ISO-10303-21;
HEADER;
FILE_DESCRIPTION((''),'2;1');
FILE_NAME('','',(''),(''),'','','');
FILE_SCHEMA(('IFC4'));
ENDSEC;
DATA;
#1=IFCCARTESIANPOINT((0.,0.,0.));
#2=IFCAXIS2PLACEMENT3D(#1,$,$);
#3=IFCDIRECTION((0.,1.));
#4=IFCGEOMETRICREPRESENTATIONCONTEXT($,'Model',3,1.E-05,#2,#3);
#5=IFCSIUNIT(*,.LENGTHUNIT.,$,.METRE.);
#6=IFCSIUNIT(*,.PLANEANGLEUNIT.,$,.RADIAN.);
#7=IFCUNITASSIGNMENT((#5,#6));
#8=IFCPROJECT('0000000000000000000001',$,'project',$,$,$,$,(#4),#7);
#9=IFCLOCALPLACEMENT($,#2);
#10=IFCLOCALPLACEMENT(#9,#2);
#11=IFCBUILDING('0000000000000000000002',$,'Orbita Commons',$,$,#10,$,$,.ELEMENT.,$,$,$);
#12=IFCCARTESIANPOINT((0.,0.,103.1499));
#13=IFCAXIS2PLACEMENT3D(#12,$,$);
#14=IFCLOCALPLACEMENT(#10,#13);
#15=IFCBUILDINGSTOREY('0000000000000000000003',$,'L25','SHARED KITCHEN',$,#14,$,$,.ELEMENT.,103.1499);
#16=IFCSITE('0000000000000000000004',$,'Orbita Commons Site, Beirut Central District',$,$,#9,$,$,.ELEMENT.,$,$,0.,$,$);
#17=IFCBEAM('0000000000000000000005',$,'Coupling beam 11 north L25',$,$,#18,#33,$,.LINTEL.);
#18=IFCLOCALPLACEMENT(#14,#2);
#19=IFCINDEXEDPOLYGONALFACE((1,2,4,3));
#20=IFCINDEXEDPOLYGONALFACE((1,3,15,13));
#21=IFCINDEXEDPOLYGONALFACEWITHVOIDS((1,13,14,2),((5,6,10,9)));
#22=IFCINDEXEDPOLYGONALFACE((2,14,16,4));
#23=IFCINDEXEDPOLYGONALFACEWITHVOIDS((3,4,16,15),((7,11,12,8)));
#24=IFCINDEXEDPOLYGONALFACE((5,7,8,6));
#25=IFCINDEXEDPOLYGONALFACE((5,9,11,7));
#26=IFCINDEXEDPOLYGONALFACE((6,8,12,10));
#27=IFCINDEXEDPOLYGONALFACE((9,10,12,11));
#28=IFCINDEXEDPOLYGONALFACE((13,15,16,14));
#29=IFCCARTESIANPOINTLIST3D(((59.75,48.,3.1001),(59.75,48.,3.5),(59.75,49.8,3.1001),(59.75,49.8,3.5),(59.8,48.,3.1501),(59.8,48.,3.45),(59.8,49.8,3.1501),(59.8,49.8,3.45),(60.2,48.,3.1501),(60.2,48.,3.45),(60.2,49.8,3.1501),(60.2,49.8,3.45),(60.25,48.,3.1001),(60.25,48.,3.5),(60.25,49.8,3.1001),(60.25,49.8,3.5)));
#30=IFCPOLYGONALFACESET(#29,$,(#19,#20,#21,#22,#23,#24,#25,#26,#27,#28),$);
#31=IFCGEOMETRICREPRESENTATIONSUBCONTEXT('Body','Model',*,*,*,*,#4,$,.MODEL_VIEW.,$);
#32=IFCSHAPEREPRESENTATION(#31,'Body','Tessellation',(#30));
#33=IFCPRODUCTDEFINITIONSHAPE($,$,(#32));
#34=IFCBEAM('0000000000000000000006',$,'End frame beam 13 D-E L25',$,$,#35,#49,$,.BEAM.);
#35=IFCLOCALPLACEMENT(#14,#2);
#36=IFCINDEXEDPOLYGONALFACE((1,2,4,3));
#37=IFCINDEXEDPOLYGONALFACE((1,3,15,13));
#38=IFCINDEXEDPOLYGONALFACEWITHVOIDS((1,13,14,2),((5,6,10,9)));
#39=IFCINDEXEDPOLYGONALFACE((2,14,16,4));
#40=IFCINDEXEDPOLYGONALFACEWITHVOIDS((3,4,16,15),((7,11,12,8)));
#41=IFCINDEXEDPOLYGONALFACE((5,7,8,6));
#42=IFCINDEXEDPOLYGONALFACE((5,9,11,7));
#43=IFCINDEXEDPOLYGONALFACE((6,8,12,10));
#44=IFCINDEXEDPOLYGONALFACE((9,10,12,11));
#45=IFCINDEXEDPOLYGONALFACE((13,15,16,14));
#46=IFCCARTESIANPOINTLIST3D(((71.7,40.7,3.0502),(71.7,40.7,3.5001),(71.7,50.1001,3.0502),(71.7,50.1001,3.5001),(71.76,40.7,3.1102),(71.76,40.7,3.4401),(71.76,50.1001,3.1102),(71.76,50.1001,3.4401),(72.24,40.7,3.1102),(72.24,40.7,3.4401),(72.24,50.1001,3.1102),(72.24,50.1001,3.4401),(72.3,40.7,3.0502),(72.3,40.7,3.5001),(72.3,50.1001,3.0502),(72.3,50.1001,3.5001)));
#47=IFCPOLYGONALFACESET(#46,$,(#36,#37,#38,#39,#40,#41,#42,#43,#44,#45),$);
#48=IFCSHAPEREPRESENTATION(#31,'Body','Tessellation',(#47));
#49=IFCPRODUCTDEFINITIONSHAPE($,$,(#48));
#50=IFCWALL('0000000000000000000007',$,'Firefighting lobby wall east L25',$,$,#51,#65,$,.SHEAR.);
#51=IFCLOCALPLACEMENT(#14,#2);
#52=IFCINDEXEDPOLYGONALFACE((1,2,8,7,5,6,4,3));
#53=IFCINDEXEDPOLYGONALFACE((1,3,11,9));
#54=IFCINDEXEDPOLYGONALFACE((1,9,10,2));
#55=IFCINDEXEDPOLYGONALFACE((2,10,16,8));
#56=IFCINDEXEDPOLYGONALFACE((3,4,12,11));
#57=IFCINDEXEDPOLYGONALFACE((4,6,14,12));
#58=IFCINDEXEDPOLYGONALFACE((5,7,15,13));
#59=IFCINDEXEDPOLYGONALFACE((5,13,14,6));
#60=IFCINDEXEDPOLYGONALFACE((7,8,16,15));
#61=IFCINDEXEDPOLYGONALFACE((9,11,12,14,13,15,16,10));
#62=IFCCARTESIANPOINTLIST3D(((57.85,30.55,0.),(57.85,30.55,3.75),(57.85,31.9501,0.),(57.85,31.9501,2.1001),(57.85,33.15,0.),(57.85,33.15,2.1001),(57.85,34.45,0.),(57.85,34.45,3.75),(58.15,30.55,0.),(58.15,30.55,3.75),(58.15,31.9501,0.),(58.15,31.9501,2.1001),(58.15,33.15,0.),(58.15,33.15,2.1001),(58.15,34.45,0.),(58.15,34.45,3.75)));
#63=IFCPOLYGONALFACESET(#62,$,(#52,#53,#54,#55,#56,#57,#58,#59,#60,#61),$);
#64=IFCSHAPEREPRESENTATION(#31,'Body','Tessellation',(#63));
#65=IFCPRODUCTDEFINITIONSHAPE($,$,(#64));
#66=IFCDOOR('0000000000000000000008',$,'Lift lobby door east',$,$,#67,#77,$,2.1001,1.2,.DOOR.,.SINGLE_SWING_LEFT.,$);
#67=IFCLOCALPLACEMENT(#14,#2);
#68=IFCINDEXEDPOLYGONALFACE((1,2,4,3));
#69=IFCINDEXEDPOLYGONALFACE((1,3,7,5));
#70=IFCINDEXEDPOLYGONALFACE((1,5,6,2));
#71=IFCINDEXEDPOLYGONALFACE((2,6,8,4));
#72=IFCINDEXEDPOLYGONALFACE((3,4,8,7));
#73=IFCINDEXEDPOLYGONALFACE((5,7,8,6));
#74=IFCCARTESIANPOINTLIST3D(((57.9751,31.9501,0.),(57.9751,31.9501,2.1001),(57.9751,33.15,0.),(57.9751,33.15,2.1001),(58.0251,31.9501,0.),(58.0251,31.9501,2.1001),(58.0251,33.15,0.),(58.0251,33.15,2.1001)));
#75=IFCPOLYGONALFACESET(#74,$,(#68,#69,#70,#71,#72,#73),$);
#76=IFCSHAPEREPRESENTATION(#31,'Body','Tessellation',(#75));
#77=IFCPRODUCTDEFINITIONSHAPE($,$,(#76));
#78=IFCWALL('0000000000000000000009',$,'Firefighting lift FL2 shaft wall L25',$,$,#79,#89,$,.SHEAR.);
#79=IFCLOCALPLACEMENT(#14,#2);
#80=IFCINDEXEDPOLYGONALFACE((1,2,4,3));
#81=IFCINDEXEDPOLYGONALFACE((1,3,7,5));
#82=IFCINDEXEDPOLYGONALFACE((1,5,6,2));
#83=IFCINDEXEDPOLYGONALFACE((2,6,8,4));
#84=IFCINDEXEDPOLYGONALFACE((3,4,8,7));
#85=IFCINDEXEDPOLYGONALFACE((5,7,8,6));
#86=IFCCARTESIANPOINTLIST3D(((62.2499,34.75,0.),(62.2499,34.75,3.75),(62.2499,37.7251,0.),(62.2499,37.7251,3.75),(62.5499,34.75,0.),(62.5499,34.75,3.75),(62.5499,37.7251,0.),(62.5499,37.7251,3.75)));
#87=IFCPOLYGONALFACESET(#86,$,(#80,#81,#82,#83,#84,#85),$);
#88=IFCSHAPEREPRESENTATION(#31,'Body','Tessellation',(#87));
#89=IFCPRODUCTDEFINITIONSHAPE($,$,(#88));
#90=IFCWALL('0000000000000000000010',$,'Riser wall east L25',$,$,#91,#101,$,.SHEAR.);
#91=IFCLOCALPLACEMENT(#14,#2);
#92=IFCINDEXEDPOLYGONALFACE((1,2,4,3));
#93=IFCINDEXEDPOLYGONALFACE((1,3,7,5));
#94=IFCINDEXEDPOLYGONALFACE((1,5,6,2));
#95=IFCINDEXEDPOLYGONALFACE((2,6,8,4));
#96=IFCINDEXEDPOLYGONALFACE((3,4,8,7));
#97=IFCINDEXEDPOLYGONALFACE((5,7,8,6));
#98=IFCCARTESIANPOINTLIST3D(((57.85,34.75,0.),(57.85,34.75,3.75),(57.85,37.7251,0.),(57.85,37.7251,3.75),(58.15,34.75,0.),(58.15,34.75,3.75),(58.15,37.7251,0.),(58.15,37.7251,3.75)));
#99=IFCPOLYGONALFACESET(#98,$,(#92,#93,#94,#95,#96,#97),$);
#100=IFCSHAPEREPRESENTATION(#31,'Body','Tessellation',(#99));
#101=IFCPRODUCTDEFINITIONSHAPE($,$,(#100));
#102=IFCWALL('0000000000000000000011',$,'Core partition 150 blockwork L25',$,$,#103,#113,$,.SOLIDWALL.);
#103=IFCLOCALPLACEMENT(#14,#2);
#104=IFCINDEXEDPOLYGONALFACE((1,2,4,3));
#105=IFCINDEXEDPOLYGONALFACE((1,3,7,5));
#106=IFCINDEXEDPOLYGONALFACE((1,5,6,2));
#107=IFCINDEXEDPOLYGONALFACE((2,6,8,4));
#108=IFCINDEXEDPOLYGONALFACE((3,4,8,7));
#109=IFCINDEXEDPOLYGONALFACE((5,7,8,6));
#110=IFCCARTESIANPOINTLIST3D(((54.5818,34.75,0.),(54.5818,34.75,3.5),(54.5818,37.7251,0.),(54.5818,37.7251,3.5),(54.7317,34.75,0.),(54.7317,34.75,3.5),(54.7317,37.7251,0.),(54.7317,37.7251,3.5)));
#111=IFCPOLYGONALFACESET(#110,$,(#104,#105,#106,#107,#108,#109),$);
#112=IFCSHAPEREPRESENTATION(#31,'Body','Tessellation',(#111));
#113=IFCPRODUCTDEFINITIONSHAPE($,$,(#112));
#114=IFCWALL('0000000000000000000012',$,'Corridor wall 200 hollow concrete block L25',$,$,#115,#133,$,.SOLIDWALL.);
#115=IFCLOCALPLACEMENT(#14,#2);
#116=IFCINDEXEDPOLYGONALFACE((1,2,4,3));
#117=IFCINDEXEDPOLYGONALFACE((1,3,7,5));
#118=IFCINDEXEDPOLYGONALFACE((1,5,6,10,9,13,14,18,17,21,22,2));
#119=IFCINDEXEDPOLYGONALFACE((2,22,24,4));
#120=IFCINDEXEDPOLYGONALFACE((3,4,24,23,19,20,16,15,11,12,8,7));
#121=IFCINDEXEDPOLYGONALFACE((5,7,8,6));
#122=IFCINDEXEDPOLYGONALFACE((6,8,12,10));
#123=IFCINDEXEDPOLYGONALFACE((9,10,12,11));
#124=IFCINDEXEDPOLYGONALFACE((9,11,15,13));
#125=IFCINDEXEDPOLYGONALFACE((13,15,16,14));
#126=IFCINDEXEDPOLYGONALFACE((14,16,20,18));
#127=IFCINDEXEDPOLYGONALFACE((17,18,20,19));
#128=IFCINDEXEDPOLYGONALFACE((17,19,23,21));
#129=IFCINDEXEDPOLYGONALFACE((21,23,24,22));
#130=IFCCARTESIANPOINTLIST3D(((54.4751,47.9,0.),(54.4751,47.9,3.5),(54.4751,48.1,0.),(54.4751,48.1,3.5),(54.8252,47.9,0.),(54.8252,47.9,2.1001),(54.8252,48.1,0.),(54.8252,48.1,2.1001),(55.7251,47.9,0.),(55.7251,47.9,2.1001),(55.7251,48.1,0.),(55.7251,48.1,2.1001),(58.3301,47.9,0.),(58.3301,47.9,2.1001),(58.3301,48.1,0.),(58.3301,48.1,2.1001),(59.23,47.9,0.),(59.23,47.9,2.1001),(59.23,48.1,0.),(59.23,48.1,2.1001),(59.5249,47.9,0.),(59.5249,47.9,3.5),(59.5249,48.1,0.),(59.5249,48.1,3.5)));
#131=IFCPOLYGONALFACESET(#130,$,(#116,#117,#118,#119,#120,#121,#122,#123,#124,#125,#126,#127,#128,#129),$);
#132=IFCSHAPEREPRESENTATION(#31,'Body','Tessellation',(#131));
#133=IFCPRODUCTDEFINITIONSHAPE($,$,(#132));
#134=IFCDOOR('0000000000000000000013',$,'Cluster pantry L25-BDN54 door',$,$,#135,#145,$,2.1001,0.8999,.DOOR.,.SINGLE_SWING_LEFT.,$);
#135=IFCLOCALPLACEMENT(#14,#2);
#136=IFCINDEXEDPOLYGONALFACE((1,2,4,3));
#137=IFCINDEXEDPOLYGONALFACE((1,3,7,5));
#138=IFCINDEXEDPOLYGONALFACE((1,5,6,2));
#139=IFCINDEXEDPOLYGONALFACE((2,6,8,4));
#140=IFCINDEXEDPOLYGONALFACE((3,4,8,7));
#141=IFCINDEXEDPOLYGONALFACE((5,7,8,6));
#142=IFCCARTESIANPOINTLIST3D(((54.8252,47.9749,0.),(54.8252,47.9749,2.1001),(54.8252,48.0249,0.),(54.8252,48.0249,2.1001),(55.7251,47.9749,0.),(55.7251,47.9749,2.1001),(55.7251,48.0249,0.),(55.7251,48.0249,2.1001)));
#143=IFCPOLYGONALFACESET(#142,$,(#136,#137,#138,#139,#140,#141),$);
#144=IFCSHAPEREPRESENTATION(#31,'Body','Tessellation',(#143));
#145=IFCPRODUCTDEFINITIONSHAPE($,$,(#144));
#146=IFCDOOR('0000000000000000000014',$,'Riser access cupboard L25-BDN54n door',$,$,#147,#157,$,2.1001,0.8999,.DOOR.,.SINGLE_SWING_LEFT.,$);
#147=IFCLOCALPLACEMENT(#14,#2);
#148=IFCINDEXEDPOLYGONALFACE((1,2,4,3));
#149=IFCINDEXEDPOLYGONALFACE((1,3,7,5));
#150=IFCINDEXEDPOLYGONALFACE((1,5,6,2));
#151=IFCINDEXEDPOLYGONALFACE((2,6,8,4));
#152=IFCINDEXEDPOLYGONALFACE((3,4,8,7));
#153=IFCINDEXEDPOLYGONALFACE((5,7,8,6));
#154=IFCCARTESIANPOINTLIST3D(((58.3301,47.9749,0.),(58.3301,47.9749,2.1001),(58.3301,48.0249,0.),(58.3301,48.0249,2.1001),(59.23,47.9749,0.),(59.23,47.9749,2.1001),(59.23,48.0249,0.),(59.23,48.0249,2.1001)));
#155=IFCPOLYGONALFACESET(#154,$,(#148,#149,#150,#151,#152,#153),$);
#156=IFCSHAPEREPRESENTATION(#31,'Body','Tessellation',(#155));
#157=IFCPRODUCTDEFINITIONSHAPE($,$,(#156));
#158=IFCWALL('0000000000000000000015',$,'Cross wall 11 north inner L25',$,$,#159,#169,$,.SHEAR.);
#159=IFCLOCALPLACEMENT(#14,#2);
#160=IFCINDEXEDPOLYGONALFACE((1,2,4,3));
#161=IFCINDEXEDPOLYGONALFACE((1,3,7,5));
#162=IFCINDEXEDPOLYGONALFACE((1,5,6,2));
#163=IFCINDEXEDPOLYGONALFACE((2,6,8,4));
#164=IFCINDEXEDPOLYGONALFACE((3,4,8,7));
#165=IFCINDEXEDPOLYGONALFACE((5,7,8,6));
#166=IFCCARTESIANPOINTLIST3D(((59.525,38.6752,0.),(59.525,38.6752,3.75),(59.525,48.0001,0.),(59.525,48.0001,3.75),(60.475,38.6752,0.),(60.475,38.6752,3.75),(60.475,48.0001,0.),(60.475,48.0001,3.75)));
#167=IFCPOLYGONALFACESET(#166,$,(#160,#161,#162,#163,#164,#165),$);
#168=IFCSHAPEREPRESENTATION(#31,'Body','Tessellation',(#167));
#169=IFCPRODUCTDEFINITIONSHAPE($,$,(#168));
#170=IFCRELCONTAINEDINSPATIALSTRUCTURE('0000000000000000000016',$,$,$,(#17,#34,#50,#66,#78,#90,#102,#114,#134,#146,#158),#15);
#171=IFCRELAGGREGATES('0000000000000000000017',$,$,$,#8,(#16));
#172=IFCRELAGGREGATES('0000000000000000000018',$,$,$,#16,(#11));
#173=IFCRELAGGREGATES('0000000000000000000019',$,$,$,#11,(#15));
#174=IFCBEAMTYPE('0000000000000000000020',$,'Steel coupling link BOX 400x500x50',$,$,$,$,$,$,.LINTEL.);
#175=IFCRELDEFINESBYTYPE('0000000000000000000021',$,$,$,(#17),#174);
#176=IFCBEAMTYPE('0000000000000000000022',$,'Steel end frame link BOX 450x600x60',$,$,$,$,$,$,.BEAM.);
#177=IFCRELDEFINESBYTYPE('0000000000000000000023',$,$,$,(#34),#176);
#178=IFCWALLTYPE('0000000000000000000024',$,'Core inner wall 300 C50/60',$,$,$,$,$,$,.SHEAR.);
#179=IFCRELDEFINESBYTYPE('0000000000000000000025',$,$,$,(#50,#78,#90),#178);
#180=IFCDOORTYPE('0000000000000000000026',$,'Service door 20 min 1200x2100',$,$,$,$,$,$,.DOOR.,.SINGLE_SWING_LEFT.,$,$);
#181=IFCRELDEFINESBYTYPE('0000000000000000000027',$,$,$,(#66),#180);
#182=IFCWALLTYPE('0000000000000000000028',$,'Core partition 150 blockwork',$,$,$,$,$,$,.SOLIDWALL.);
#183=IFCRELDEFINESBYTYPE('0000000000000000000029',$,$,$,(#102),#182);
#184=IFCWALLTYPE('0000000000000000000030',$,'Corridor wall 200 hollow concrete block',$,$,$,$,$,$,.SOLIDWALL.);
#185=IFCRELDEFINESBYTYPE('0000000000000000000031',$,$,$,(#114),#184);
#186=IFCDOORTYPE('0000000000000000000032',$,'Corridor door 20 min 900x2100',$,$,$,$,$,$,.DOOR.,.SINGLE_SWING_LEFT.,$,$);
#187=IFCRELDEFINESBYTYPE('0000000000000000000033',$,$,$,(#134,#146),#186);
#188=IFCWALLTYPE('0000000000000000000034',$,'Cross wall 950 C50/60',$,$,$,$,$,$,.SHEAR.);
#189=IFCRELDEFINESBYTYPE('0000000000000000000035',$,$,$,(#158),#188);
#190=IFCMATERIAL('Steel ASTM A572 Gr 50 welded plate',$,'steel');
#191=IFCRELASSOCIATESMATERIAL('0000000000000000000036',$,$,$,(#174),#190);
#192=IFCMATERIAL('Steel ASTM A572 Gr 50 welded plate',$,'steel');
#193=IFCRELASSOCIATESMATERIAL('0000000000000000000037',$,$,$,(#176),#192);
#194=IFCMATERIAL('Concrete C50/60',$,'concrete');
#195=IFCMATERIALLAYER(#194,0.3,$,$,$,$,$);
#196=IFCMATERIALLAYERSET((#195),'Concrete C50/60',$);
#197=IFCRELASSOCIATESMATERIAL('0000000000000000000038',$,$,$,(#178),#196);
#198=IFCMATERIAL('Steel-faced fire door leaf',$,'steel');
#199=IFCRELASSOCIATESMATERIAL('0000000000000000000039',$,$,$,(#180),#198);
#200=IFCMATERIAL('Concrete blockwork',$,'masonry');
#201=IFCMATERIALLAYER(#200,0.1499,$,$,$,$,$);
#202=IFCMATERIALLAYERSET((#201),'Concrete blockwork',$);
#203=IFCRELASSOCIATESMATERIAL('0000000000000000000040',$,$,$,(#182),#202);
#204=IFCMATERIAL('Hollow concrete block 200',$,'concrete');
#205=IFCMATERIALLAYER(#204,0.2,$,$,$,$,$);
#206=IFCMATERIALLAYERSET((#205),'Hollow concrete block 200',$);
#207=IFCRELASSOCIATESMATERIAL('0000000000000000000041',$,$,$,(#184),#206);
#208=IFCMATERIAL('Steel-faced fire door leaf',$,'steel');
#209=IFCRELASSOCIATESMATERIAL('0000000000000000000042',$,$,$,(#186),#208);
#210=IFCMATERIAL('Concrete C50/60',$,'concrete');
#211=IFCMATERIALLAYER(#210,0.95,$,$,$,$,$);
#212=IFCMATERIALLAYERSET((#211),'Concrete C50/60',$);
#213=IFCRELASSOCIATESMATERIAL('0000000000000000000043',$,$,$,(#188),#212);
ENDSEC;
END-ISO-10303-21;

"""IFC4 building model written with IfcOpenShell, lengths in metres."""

from ifc_helpers import new_model, si_unit, direction, frame, frame_2d, origin, origin_2d, place, context, subcontext, project, spatial, rectangle, hollow_rectangle, extrude, material, layer, layer_set, material_profile, profile_set, type_object, element, fill, save


model = new_model("IFC4")

# Units and contexts
model_context = context("Model", 3, precision=1e-05, world=origin(), true_north=direction((0.0, 1.0)))
body_context = subcontext(model_context, "Body", "Model", "MODEL_VIEW")
ifc_project = project(units=[si_unit("LENGTHUNIT", "METRE"), si_unit("PLANEANGLEUNIT", "RADIAN")], contexts=[model_context])

# Site, building, storey
site_placement = place(None, origin())
site = spatial("IfcSite", under=ifc_project, at=site_placement, Name="Orbita Commons Site, Beirut Central District", CompositionType="ELEMENT", RefElevation=0.0)
building_placement = place(site_placement, origin())
building = spatial("IfcBuilding", under=site, at=building_placement, Name="Orbita Commons", CompositionType="ELEMENT")
storey_placement = place(building_placement, frame((0.0, 0.0, 103.1499)))
storey = spatial("IfcBuildingStorey", under=building, at=storey_placement, Name="L25", Description="SHARED KITCHEN", CompositionType="ELEMENT", Elevation=103.1499)

# Beams
ifc_material_1 = material(Name="Steel ASTM A572 Gr 50 welded plate", Category="steel")
ifc_material_profile_1 = material_profile(ifc_material_1, hollow_rectangle(XDim=0.5, YDim=0.3999, WallThickness=0.05, at=origin_2d()), Name="BOX 400x500x50")
ifc_profile_set_1 = profile_set([ifc_material_profile_1], Name="Steel ASTM A572 Gr 50 welded plate")
beam_type_1 = type_object("IfcBeamType", Name="Steel coupling link BOX 400x500x50", PredefinedType="LINTEL", material=ifc_profile_set_1)
beam_1_placement = place(storey_placement, frame((60.0, 48.0, 3.3), z_axis=(0.0, 1.0, 0.0), x_axis=(-1.0, 0.0, 0.0)))
element("IfcBeam", 1, at=beam_1_placement, inside=storey, type_object=beam_type_1, Name="Coupling beam 11 north L25", PredefinedType="LINTEL", context=body_context, shape_type="SweptSolid", body=[
    extrude(hollow_rectangle(XDim=0.5, YDim=0.3999, WallThickness=0.05, at=origin_2d()), origin(), (0.0, 0.0, 1.0), 1.8),
])
ifc_material_2 = material(Name="Steel ASTM A572 Gr 50 welded plate", Category="steel")
ifc_material_profile_2 = material_profile(ifc_material_2, hollow_rectangle(XDim=0.6001, YDim=0.45, WallThickness=0.0601, at=origin_2d()), Name="BOX 450x600x60")
ifc_profile_set_2 = profile_set([ifc_material_profile_2], Name="Steel ASTM A572 Gr 50 welded plate")
beam_type_2 = type_object("IfcBeamType", Name="Steel end frame link BOX 450x600x60", PredefinedType="BEAM", material=ifc_profile_set_2)
beam_2_placement = place(storey_placement, frame((72.0, 40.7, 3.2751), z_axis=(0.0, 1.0, 0.0), x_axis=(-1.0, 0.0, 0.0)))
element("IfcBeam", 2, at=beam_2_placement, inside=storey, type_object=beam_type_2, Name="End frame beam 13 D-E L25", PredefinedType="BEAM", context=body_context, shape_type="SweptSolid", body=[
    extrude(hollow_rectangle(XDim=0.6001, YDim=0.45, WallThickness=0.0601, at=origin_2d()), origin(), (0.0, 0.0, 1.0), 9.4001),
])

# Wall, opening, door
ifc_material_3 = material(Name="Concrete C50/60", Category="concrete")
ifc_layer_1 = layer(ifc_material_3, 0.3)
ifc_layer_set_1 = layer_set([ifc_layer_1], Name="Concrete C50/60")
wall_type_1 = type_object("IfcWallType", Name="Core inner wall 300 C50/60", PredefinedType="SHEAR", material=ifc_layer_set_1)
wall_1_placement = place(storey_placement, frame((58.0, 30.55, 0.0), z_axis=(0.0, 0.0, 1.0), x_axis=(0.0, 1.0, 0.0)))
wall_1 = element("IfcWall", 3, at=wall_1_placement, inside=storey, type_object=wall_type_1, Name="Firefighting lobby wall east L25", PredefinedType="SHEAR", context=body_context, shape_type="SweptSolid", body=[
    extrude(rectangle(XDim=3.8999, YDim=0.3, at=frame_2d((1.95, 0.0))), origin(), (0.0, 0.0, 1.0), 3.75),
])
opening_1_placement = place(wall_1_placement, frame((1.3999, 0.0, 0.0)))
opening_1 = element("IfcOpeningElement", 4, at=opening_1_placement, cuts=wall_1, PredefinedType="OPENING", context=body_context, shape_type="SweptSolid", body=[
    extrude(rectangle(XDim=1.2, YDim=2.1001, at=frame_2d((0.6001, 1.05))), frame((0.0, 0.1599, 0.0), z_axis=(0.0, -1.0, 0.0), x_axis=(1.0, 0.0, 0.0)), (0.0, 0.0, 1.0), 0.3201),
])
ifc_material_4 = material(Name="Steel-faced fire door leaf", Category="steel")
door_type_1 = type_object("IfcDoorType", Name="Service door 20 min 1200x2100", OperationType="SINGLE_SWING_LEFT", PredefinedType="DOOR", material=ifc_material_4)
door_1_placement = place(opening_1_placement, origin())
door_1 = element("IfcDoor", 5, at=door_1_placement, inside=storey, type_object=door_type_1, Name="Lift lobby door east", OperationType="SINGLE_SWING_LEFT", OverallHeight=2.1001, OverallWidth=1.2, PredefinedType="DOOR", context=body_context, shape_type="SweptSolid", body=[
    extrude(rectangle(XDim=1.2, YDim=2.1001, at=frame_2d((0.6001, 1.05))), frame((0.0, 0.0249, 0.0), z_axis=(0.0, -1.0, 0.0), x_axis=(1.0, 0.0, 0.0)), (0.0, 0.0, 1.0), 0.05),
])
fill(opening_1, door_1)

# Walls
for number, where, z_axis, x_axis, name in (
    (6, (62.3999, 34.75, 0.0), (0.0, 0.0, 1.0), (0.0, 1.0, 0.0), "Firefighting lift FL2 shaft wall L25"),
    (7, (58.0, 34.75, 0.0), (0.0, 0.0, 1.0), (0.0, 1.0, 0.0), "Riser wall east L25"),
):
    element("IfcWall", number, at=place(storey_placement, frame(where, z_axis=z_axis, x_axis=x_axis)), inside=storey, type_object=wall_type_1, Name=name, PredefinedType="SHEAR", context=body_context, shape_type="SweptSolid", body=[
        extrude(rectangle(XDim=2.9751, YDim=0.3, at=frame_2d((1.4875, 0.0))), origin(), (0.0, 0.0, 1.0), 3.75),
    ])
ifc_material_5 = material(Name="Concrete blockwork", Category="masonry")
ifc_layer_2 = layer(ifc_material_5, 0.1499)
ifc_layer_set_2 = layer_set([ifc_layer_2], Name="Concrete blockwork")
wall_type_2 = type_object("IfcWallType", Name="Core partition 150 blockwork", PredefinedType="SOLIDWALL", material=ifc_layer_set_2)
wall_2_placement = place(storey_placement, frame((54.6567, 34.75, 0.0), z_axis=(0.0, 0.0, 1.0), x_axis=(0.0, 1.0, 0.0)))
element("IfcWall", 8, at=wall_2_placement, inside=storey, type_object=wall_type_2, Name="Core partition 150 blockwork L25", PredefinedType="SOLIDWALL", context=body_context, shape_type="SweptSolid", body=[
    extrude(rectangle(XDim=2.9751, YDim=0.1499, at=frame_2d((1.4875, 0.0))), origin(), (0.0, 0.0, 1.0), 3.5),
])

# Wall, openings, doors
ifc_material_6 = material(Name="Hollow concrete block 200", Category="concrete")
ifc_layer_3 = layer(ifc_material_6, 0.2)
ifc_layer_set_3 = layer_set([ifc_layer_3], Name="Hollow concrete block 200")
wall_type_3 = type_object("IfcWallType", Name="Corridor wall 200 hollow concrete block", PredefinedType="SOLIDWALL", material=ifc_layer_set_3)
wall_3_placement = place(storey_placement, frame((54.4751, 48.0, 0.0), z_axis=(0.0, 0.0, 1.0), x_axis=(1.0, 0.0, 0.0)))
wall_3 = element("IfcWall", 9, at=wall_3_placement, inside=storey, type_object=wall_type_3, Name="Corridor wall 200 hollow concrete block L25", PredefinedType="SOLIDWALL", context=body_context, shape_type="SweptSolid", body=[
    extrude(rectangle(XDim=5.0498, YDim=0.2, at=frame_2d((2.5249, 0.0))), origin(), (0.0, 0.0, 1.0), 3.5),
])
opening_2_placement = place(wall_3_placement, frame((0.3501, 0.0, 0.0)))
opening_2 = element("IfcOpeningElement", 10, at=opening_2_placement, cuts=wall_3, PredefinedType="OPENING", context=body_context, shape_type="SweptSolid", body=[
    extrude(rectangle(XDim=0.8999, YDim=2.1001, at=frame_2d((0.45, 1.05))), frame((0.0, 0.1099, 0.0), z_axis=(0.0, -1.0, 0.0), x_axis=(1.0, 0.0, 0.0)), (0.0, 0.0, 1.0), 0.22),
])
opening_3_placement = place(wall_3_placement, frame((3.855, 0.0, 0.0)))
opening_3 = element("IfcOpeningElement", 11, at=opening_3_placement, cuts=wall_3, PredefinedType="OPENING", context=body_context, shape_type="SweptSolid", body=[
    extrude(rectangle(XDim=0.8999, YDim=2.1001, at=frame_2d((0.45, 1.05))), frame((0.0, 0.1099, 0.0), z_axis=(0.0, -1.0, 0.0), x_axis=(1.0, 0.0, 0.0)), (0.0, 0.0, 1.0), 0.22),
])
ifc_material_7 = material(Name="Steel-faced fire door leaf", Category="steel")
door_type_2 = type_object("IfcDoorType", Name="Corridor door 20 min 900x2100", OperationType="SINGLE_SWING_LEFT", PredefinedType="DOOR", material=ifc_material_7)
door_2_placement = place(opening_2_placement, origin())
door_2 = element("IfcDoor", 12, at=door_2_placement, inside=storey, type_object=door_type_2, Name="Cluster pantry L25-BDN54 door", OperationType="SINGLE_SWING_LEFT", OverallHeight=2.1001, OverallWidth=0.8999, PredefinedType="DOOR", context=body_context, shape_type="SweptSolid", body=[
    extrude(rectangle(XDim=0.8999, YDim=2.1001, at=frame_2d((0.45, 1.05))), frame((0.0, 0.0249, 0.0), z_axis=(0.0, -1.0, 0.0), x_axis=(1.0, 0.0, 0.0)), (0.0, 0.0, 1.0), 0.05),
])
fill(opening_2, door_2)
door_3_placement = place(opening_3_placement, origin())
door_3 = element("IfcDoor", 13, at=door_3_placement, inside=storey, type_object=door_type_2, Name="Riser access cupboard L25-BDN54n door", OperationType="SINGLE_SWING_LEFT", OverallHeight=2.1001, OverallWidth=0.8999, PredefinedType="DOOR", context=body_context, shape_type="SweptSolid", body=[
    extrude(rectangle(XDim=0.8999, YDim=2.1001, at=frame_2d((0.45, 1.05))), frame((0.0, 0.0249, 0.0), z_axis=(0.0, -1.0, 0.0), x_axis=(1.0, 0.0, 0.0)), (0.0, 0.0, 1.0), 0.05),
])
fill(opening_3, door_3)

# Wall
ifc_material_8 = material(Name="Concrete C50/60", Category="concrete")
ifc_layer_4 = layer(ifc_material_8, 0.95)
ifc_layer_set_4 = layer_set([ifc_layer_4], Name="Concrete C50/60")
wall_type_4 = type_object("IfcWallType", Name="Cross wall 950 C50/60", PredefinedType="SHEAR", material=ifc_layer_set_4)
for number, where, z_axis, x_axis, name in (
    (14, (60.0, 38.675, 0.0), (0.0, 0.0, 1.0), (0.0, 1.0, 0.0), "Cross wall 11 north inner L25"),
):
    element("IfcWall", number, at=place(storey_placement, frame(where, z_axis=z_axis, x_axis=x_axis)), inside=storey, type_object=wall_type_4, Name=name, PredefinedType="SHEAR", context=body_context, shape_type="SweptSolid", body=[
        extrude(rectangle(XDim=9.325, YDim=0.95, at=frame_2d((4.6626, 0.0))), origin(), (0.0, 0.0, 1.0), 3.75),
    ])

save(model, "model.ifc")
